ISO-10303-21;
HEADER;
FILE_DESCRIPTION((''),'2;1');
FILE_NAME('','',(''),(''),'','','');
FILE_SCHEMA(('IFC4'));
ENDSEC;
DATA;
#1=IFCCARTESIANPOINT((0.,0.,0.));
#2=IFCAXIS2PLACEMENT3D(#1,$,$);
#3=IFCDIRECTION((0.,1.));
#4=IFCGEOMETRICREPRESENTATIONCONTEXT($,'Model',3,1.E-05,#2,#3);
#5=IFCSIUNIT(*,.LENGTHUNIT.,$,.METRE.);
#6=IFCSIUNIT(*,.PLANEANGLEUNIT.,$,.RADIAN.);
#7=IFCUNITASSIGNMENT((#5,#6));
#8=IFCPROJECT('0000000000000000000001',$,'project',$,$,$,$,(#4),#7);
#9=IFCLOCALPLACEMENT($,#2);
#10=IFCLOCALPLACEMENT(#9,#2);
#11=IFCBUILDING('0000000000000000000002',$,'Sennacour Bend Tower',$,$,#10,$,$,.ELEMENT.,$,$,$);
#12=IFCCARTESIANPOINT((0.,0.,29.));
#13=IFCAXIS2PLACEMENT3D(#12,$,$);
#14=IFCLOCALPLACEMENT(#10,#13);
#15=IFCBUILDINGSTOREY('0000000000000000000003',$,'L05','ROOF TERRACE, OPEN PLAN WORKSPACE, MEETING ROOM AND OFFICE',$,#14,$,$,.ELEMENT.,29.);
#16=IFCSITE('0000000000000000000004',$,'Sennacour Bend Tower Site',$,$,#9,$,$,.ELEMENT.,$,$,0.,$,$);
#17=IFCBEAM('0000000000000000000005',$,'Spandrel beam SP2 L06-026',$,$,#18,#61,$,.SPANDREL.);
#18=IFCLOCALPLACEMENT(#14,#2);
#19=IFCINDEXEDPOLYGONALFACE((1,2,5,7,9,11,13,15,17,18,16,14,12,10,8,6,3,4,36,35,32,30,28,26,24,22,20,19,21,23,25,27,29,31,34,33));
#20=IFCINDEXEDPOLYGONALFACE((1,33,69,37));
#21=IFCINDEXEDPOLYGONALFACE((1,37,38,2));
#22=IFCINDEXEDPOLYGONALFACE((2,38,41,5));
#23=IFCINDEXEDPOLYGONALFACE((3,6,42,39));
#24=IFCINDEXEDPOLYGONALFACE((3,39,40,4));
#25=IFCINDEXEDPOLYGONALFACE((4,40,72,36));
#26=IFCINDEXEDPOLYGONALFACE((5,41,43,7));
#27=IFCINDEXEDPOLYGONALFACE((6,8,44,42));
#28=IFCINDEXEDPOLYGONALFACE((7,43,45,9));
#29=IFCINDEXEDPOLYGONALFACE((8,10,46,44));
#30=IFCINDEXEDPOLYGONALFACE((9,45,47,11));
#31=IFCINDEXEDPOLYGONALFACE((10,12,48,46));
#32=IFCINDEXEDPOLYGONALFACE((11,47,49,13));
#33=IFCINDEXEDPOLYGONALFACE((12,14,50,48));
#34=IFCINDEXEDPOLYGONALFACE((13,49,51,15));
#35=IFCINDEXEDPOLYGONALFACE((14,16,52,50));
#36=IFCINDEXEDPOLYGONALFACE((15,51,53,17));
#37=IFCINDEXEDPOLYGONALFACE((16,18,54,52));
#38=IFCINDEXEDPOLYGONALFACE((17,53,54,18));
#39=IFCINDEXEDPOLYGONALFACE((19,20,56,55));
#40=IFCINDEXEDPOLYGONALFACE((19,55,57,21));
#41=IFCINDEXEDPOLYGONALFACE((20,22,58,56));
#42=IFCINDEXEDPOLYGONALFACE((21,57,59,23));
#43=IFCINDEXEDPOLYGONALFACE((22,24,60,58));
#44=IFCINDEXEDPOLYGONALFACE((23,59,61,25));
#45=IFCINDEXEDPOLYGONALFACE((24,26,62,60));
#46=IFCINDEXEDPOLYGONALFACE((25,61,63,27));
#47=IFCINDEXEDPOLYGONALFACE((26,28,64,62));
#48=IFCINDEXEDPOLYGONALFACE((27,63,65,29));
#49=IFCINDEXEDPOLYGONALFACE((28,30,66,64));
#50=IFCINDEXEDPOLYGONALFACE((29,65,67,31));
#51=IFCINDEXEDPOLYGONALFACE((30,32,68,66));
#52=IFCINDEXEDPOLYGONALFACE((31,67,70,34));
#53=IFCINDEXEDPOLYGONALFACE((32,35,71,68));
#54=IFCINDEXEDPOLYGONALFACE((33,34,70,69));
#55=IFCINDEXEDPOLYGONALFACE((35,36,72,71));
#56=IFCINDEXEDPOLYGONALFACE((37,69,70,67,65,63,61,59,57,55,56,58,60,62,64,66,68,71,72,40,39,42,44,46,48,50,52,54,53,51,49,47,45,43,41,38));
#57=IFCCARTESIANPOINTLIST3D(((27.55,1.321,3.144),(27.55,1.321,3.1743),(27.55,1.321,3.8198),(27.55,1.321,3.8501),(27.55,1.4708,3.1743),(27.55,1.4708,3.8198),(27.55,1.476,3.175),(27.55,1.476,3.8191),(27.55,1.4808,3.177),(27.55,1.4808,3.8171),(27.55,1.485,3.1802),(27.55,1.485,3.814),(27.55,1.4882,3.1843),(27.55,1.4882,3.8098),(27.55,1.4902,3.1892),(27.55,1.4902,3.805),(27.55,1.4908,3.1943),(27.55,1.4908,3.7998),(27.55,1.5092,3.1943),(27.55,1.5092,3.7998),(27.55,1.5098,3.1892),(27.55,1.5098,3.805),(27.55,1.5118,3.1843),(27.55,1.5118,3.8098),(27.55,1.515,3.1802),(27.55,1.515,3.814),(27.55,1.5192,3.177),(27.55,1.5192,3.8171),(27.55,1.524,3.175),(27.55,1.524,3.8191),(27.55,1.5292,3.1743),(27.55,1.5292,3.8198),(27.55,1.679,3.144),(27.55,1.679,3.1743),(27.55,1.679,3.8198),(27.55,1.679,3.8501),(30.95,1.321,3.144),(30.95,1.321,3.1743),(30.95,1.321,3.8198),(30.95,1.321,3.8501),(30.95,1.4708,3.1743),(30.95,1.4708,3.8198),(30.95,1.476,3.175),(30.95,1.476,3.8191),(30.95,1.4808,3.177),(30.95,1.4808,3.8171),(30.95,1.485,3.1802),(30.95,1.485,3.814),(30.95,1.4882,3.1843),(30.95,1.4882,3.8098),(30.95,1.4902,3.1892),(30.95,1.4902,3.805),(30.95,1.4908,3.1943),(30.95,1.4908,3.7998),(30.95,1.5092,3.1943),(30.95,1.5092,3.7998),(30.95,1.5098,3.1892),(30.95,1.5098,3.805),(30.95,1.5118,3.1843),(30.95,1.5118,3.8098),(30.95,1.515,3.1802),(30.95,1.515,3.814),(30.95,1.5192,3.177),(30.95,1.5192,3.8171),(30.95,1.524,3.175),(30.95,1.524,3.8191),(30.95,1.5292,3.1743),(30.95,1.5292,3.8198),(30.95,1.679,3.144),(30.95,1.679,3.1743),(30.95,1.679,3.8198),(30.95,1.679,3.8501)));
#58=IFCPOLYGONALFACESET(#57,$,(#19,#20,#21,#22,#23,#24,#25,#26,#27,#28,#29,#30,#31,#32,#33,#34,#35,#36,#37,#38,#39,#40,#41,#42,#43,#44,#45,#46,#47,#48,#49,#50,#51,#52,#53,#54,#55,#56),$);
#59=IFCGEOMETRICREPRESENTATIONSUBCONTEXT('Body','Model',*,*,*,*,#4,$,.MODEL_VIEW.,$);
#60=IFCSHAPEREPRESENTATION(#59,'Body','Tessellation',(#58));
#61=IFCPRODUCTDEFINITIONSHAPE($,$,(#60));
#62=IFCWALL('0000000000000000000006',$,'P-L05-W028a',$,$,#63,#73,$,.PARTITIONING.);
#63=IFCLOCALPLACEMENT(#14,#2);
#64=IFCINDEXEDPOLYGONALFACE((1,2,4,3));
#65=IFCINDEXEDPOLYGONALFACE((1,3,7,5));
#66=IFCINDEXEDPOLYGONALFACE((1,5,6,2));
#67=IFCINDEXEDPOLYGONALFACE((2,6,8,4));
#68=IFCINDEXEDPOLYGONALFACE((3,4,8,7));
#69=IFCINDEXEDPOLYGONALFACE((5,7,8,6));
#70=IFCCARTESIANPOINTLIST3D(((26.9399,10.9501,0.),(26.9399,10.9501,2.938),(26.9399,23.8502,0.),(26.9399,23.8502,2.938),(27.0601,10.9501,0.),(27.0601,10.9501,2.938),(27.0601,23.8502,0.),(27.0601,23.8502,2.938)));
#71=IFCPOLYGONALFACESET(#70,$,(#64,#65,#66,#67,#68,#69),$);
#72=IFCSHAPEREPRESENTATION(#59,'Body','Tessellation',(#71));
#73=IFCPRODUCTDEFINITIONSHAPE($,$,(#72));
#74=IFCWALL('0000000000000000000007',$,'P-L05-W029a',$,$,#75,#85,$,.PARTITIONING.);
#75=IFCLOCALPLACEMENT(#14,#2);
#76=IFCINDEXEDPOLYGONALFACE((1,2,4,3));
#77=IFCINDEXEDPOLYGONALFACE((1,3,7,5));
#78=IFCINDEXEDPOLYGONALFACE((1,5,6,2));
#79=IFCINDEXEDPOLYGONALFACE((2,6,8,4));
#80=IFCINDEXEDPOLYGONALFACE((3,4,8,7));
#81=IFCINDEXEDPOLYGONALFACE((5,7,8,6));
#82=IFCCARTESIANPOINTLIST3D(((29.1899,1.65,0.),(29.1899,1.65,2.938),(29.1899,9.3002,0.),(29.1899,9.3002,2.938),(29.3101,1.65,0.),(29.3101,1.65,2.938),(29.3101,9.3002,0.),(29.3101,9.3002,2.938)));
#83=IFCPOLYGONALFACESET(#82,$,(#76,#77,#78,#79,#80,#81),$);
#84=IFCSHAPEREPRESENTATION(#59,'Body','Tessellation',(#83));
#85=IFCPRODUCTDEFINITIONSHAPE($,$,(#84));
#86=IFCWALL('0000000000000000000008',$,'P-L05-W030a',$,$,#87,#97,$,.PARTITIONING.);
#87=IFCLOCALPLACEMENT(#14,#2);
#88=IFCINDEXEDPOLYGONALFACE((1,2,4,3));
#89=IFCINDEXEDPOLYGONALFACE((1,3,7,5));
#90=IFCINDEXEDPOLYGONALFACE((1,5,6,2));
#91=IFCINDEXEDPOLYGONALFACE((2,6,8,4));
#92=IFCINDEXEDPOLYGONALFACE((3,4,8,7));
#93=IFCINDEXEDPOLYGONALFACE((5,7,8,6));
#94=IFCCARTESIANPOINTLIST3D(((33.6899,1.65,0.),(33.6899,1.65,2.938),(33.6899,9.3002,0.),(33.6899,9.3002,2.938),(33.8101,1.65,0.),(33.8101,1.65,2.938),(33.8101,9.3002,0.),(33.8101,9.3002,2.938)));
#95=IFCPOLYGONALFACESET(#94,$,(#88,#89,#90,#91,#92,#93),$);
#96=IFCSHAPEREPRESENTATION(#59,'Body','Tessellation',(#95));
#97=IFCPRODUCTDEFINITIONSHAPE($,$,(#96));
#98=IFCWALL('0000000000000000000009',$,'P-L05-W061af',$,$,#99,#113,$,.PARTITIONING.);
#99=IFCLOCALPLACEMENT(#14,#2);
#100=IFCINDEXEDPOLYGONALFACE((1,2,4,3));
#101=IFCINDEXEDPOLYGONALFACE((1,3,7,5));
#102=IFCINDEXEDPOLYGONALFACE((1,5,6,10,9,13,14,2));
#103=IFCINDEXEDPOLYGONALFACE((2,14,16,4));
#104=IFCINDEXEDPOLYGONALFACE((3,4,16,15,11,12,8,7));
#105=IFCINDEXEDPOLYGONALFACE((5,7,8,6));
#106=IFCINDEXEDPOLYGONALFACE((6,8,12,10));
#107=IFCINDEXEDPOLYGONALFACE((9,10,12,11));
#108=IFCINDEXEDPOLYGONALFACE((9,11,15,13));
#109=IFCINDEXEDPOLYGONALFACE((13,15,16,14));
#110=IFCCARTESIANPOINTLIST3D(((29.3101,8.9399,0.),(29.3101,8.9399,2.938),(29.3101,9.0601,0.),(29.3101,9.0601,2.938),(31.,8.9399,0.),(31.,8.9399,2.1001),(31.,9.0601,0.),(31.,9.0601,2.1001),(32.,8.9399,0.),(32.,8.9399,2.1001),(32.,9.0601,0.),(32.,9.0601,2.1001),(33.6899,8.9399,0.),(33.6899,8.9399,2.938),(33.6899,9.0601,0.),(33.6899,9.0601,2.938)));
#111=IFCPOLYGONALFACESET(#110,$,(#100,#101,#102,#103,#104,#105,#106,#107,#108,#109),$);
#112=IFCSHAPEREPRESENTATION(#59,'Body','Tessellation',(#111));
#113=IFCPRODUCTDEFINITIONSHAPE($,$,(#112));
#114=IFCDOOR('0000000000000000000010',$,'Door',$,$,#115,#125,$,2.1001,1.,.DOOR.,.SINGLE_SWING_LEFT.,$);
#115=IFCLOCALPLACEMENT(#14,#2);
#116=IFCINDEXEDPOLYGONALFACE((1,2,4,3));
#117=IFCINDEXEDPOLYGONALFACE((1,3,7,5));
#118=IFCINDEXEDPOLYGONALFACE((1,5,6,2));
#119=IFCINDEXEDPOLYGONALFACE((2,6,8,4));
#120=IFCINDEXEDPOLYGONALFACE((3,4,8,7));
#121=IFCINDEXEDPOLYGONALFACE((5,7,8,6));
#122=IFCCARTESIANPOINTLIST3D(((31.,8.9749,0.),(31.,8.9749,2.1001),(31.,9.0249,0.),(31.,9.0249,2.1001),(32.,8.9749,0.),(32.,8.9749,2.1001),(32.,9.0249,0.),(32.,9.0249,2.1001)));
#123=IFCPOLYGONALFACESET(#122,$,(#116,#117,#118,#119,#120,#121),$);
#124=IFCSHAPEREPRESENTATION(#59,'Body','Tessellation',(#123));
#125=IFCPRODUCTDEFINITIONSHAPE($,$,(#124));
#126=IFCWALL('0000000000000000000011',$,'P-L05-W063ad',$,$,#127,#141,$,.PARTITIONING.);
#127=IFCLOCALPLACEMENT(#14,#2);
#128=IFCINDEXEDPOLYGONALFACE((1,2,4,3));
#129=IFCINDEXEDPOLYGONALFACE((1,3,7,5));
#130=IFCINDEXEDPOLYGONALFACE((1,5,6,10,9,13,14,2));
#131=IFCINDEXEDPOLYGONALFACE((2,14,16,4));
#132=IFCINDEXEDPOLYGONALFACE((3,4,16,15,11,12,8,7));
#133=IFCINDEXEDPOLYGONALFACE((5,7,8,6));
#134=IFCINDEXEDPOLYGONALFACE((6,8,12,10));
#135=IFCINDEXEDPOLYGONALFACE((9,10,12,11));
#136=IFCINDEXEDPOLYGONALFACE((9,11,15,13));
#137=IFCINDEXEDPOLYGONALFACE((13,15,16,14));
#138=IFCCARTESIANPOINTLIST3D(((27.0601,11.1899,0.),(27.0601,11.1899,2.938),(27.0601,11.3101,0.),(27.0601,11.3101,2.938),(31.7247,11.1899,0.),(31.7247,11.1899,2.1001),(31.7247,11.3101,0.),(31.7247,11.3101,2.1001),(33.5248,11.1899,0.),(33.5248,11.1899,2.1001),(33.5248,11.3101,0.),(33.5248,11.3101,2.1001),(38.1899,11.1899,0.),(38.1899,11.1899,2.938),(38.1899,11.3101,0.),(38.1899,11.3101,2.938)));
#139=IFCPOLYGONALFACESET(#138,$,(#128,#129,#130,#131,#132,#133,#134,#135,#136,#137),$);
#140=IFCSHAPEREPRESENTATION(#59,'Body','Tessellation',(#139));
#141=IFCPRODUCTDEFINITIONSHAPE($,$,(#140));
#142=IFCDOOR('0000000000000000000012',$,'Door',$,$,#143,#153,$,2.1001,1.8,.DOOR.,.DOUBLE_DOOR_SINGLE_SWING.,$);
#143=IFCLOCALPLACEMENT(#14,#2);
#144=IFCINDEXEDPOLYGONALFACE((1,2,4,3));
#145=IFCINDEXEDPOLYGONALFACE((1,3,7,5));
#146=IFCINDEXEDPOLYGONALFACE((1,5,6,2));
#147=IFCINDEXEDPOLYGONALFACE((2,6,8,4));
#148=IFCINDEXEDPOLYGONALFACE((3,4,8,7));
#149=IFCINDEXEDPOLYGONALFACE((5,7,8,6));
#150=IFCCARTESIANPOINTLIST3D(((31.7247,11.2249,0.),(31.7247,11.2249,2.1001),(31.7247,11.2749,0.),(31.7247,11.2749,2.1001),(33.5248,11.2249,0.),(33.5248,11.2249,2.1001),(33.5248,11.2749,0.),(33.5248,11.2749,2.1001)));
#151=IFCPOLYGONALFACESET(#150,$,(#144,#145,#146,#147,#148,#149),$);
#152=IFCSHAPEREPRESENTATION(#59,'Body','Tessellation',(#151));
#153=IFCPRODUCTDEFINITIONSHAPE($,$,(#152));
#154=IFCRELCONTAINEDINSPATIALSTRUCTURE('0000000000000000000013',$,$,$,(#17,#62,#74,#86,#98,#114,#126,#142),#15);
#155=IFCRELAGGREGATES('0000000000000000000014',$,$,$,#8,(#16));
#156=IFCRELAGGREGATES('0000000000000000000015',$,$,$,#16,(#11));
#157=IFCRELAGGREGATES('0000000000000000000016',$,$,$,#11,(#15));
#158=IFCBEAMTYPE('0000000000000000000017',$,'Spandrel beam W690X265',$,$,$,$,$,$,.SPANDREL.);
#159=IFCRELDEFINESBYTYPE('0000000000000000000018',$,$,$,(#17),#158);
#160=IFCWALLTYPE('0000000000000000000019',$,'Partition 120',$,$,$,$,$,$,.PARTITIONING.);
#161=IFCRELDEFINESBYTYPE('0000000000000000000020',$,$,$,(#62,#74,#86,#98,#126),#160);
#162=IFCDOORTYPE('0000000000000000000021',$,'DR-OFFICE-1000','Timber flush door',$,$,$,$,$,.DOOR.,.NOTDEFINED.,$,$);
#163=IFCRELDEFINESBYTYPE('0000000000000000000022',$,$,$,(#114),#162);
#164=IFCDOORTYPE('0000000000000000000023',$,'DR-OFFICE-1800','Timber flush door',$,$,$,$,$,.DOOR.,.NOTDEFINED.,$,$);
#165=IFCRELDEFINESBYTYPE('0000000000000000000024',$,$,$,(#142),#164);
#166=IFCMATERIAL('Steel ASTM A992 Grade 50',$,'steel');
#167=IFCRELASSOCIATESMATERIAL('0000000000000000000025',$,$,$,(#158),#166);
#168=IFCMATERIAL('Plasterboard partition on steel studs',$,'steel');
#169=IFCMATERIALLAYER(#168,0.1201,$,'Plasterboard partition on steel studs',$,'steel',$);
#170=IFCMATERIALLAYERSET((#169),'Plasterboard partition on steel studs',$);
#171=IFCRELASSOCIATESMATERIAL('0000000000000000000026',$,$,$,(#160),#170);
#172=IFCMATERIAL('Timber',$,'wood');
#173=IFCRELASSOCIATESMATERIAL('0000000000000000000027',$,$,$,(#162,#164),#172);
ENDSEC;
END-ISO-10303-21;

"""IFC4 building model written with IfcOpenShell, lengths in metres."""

from ifc_helpers import new_model, si_unit, direction, frame, frame_2d, origin, origin_2d, place, context, subcontext, project, spatial, rectangle, i_section, extrude, material, layer, layer_set, material_profile, profile_set, type_object, element, fill, save


model = new_model("IFC4")

# Units and contexts
model_context = context("Model", 3, precision=1e-05, world=origin(), true_north=direction((0.0, 1.0)))
body_context = subcontext(model_context, "Body", "Model", "MODEL_VIEW")
ifc_project = project(units=[si_unit("LENGTHUNIT", "METRE"), si_unit("PLANEANGLEUNIT", "RADIAN")], contexts=[model_context])

# Site, building, storey
site_placement = place(None, origin())
site = spatial("IfcSite", under=ifc_project, at=site_placement, Name="Sennacour Bend Tower Site", CompositionType="ELEMENT", RefElevation=0.0)
building_placement = place(site_placement, origin())
building = spatial("IfcBuilding", under=site, at=building_placement, Name="Sennacour Bend Tower", CompositionType="ELEMENT")
storey_placement = place(building_placement, frame((0.0, 0.0, 29.0)))
storey = spatial("IfcBuildingStorey", under=building, at=storey_placement, Name="L05", Description="ROOF TERRACE, OPEN PLAN WORKSPACE, MEETING ROOM AND OFFICE", CompositionType="ELEMENT", Elevation=29.0)

# Beam
ifc_material_1 = material(Name="Steel ASTM A992 Grade 50", Category="steel")
ifc_material_profile_1 = material_profile(ifc_material_1, i_section(OverallWidth=0.3579, OverallDepth=0.7061, WebThickness=0.0183, FlangeThickness=0.0303, FilletRadius=0.02, at=origin_2d()), Name="Steel ASTM A992 Grade 50", Category="steel")
ifc_profile_set_1 = profile_set([ifc_material_profile_1], Name="Steel ASTM A992 Grade 50")
beam_type_1 = type_object("IfcBeamType", Name="Spandrel beam W690X265", PredefinedType="SPANDREL", material=ifc_profile_set_1)
beam_1_placement = place(storey_placement, frame((30.95, 1.5, 3.4971), z_axis=(-1.0, 0.0, 0.0), x_axis=(0.0, -1.0, 0.0)))
element("IfcBeam", 1, at=beam_1_placement, inside=storey, type_object=beam_type_1, Name="Spandrel beam SP2 L06-026", PredefinedType="SPANDREL", context=body_context, shape_type="SweptSolid", body=[
    extrude(i_section(OverallWidth=0.3579, OverallDepth=0.7061, WebThickness=0.0183, FlangeThickness=0.0303, FilletRadius=0.02, at=origin_2d()), origin(), (0.0, 0.0, 1.0), 3.3999),
])

# Walls
ifc_material_2 = material(Name="Plasterboard partition on steel studs", Category="steel")
ifc_layer_1 = layer(ifc_material_2, 0.1201, Name="Plasterboard partition on steel studs", Category="steel")
ifc_layer_set_1 = layer_set([ifc_layer_1], Name="Plasterboard partition on steel studs")
wall_type_1 = type_object("IfcWallType", Name="Partition 120", PredefinedType="PARTITIONING", material=ifc_layer_set_1)
wall_1_placement = place(storey_placement, frame((27.0, 10.95, 0.0), z_axis=(0.0, 0.0, 1.0), x_axis=(0.0, 1.0, 0.0)))
element("IfcWall", 2, at=wall_1_placement, inside=storey, type_object=wall_type_1, Name="P-L05-W028a", PredefinedType="PARTITIONING", context=body_context, shape_type="SweptSolid", body=[
    extrude(rectangle(XDim=12.9001, YDim=0.1201, at=frame_2d((6.4502, 0.0))), origin(), (0.0, 0.0, 1.0), 2.938),
])
for number, where, z_axis, x_axis, name in (
    (3, (29.25, 1.6499, 0.0), (0.0, 0.0, 1.0), (0.0, 1.0, 0.0), "P-L05-W029a"),
    (4, (33.75, 1.6499, 0.0), (0.0, 0.0, 1.0), (0.0, 1.0, 0.0), "P-L05-W030a"),
):
    element("IfcWall", number, at=place(storey_placement, frame(where, z_axis=z_axis, x_axis=x_axis)), inside=storey, type_object=wall_type_1, Name=name, PredefinedType="PARTITIONING", context=body_context, shape_type="SweptSolid", body=[
        extrude(rectangle(XDim=7.6501, YDim=0.1201, at=frame_2d((3.8252, 0.0))), origin(), (0.0, 0.0, 1.0), 2.938),
    ])

# Walls, openings, doors
wall_2_placement = place(storey_placement, frame((29.3101, 9.0, 0.0), z_axis=(0.0, 0.0, 1.0), x_axis=(1.0, 0.0, 0.0)))
wall_2 = element("IfcWall", 5, at=wall_2_placement, inside=storey, type_object=wall_type_1, Name="P-L05-W061af", PredefinedType="PARTITIONING", context=body_context, shape_type="SweptSolid", body=[
    extrude(rectangle(XDim=4.3799, YDim=0.1201, at=frame_2d((2.1899, 0.0))), origin(), (0.0, 0.0, 1.0), 2.938),
])
opening_1_placement = place(wall_2_placement, frame((1.6899, 0.0, 0.0)))
opening_1 = element("IfcOpeningElement", 6, at=opening_1_placement, cuts=wall_2, PredefinedType="OPENING", context=body_context, shape_type="SweptSolid", body=[
    extrude(rectangle(XDim=1.0, YDim=2.1001, at=frame_2d((0.5, 1.05))), frame((0.0, 0.0701, 0.0), z_axis=(0.0, -1.0, 0.0), x_axis=(1.0, 0.0, 0.0)), (0.0, 0.0, 1.0), 0.1401),
])
ifc_material_3 = material(Name="Timber", Category="wood")
door_type_1 = type_object("IfcDoorType", Name="DR-OFFICE-1000", Description="Timber flush door", OperationType="NOTDEFINED", PredefinedType="DOOR", material=ifc_material_3)
door_1_placement = place(opening_1_placement, origin())
door_1 = element("IfcDoor", 7, at=door_1_placement, inside=storey, type_object=door_type_1, Name="Door", OperationType="SINGLE_SWING_LEFT", OverallHeight=2.1001, OverallWidth=1.0, PredefinedType="DOOR", context=body_context, shape_type="SweptSolid", body=[
    extrude(rectangle(XDim=1.0, YDim=2.1001, at=frame_2d((0.5, 1.05))), frame((0.0, 0.0249, 0.0), z_axis=(0.0, -1.0, 0.0), x_axis=(1.0, 0.0, 0.0)), (0.0, 0.0, 1.0), 0.05),
])
fill(opening_1, door_1)
wall_3_placement = place(storey_placement, frame((27.0601, 11.25, 0.0), z_axis=(0.0, 0.0, 1.0), x_axis=(1.0, 0.0, 0.0)))
wall_3 = element("IfcWall", 8, at=wall_3_placement, inside=storey, type_object=wall_type_1, Name="P-L05-W063ad", PredefinedType="PARTITIONING", context=body_context, shape_type="SweptSolid", body=[
    extrude(rectangle(XDim=11.1299, YDim=0.1201, at=frame_2d((5.5649, 0.0))), origin(), (0.0, 0.0, 1.0), 2.938),
])
opening_2_placement = place(wall_3_placement, frame((4.6648, 0.0, 0.0)))
opening_2 = element("IfcOpeningElement", 9, at=opening_2_placement, cuts=wall_3, PredefinedType="OPENING", context=body_context, shape_type="SweptSolid", body=[
    extrude(rectangle(XDim=1.8, YDim=2.1001, at=frame_2d((0.8999, 1.05))), frame((0.0, 0.0701, 0.0), z_axis=(0.0, -1.0, 0.0), x_axis=(1.0, 0.0, 0.0)), (0.0, 0.0, 1.0), 0.1401),
])
door_type_2 = type_object("IfcDoorType", Name="DR-OFFICE-1800", Description="Timber flush door", OperationType="NOTDEFINED", PredefinedType="DOOR", material=ifc_material_3)
door_2_placement = place(opening_2_placement, origin())
door_2 = element("IfcDoor", 10, at=door_2_placement, inside=storey, type_object=door_type_2, Name="Door", OperationType="DOUBLE_DOOR_SINGLE_SWING", OverallHeight=2.1001, OverallWidth=1.8, PredefinedType="DOOR", context=body_context, shape_type="SweptSolid", body=[
    extrude(rectangle(XDim=1.8, YDim=2.1001, at=frame_2d((0.8999, 1.05))), frame((0.0, 0.0249, 0.0), z_axis=(0.0, -1.0, 0.0), x_axis=(1.0, 0.0, 0.0)), (0.0, 0.0, 1.0), 0.05),
])
fill(opening_2, door_2)

save(model, "model.ifc")
